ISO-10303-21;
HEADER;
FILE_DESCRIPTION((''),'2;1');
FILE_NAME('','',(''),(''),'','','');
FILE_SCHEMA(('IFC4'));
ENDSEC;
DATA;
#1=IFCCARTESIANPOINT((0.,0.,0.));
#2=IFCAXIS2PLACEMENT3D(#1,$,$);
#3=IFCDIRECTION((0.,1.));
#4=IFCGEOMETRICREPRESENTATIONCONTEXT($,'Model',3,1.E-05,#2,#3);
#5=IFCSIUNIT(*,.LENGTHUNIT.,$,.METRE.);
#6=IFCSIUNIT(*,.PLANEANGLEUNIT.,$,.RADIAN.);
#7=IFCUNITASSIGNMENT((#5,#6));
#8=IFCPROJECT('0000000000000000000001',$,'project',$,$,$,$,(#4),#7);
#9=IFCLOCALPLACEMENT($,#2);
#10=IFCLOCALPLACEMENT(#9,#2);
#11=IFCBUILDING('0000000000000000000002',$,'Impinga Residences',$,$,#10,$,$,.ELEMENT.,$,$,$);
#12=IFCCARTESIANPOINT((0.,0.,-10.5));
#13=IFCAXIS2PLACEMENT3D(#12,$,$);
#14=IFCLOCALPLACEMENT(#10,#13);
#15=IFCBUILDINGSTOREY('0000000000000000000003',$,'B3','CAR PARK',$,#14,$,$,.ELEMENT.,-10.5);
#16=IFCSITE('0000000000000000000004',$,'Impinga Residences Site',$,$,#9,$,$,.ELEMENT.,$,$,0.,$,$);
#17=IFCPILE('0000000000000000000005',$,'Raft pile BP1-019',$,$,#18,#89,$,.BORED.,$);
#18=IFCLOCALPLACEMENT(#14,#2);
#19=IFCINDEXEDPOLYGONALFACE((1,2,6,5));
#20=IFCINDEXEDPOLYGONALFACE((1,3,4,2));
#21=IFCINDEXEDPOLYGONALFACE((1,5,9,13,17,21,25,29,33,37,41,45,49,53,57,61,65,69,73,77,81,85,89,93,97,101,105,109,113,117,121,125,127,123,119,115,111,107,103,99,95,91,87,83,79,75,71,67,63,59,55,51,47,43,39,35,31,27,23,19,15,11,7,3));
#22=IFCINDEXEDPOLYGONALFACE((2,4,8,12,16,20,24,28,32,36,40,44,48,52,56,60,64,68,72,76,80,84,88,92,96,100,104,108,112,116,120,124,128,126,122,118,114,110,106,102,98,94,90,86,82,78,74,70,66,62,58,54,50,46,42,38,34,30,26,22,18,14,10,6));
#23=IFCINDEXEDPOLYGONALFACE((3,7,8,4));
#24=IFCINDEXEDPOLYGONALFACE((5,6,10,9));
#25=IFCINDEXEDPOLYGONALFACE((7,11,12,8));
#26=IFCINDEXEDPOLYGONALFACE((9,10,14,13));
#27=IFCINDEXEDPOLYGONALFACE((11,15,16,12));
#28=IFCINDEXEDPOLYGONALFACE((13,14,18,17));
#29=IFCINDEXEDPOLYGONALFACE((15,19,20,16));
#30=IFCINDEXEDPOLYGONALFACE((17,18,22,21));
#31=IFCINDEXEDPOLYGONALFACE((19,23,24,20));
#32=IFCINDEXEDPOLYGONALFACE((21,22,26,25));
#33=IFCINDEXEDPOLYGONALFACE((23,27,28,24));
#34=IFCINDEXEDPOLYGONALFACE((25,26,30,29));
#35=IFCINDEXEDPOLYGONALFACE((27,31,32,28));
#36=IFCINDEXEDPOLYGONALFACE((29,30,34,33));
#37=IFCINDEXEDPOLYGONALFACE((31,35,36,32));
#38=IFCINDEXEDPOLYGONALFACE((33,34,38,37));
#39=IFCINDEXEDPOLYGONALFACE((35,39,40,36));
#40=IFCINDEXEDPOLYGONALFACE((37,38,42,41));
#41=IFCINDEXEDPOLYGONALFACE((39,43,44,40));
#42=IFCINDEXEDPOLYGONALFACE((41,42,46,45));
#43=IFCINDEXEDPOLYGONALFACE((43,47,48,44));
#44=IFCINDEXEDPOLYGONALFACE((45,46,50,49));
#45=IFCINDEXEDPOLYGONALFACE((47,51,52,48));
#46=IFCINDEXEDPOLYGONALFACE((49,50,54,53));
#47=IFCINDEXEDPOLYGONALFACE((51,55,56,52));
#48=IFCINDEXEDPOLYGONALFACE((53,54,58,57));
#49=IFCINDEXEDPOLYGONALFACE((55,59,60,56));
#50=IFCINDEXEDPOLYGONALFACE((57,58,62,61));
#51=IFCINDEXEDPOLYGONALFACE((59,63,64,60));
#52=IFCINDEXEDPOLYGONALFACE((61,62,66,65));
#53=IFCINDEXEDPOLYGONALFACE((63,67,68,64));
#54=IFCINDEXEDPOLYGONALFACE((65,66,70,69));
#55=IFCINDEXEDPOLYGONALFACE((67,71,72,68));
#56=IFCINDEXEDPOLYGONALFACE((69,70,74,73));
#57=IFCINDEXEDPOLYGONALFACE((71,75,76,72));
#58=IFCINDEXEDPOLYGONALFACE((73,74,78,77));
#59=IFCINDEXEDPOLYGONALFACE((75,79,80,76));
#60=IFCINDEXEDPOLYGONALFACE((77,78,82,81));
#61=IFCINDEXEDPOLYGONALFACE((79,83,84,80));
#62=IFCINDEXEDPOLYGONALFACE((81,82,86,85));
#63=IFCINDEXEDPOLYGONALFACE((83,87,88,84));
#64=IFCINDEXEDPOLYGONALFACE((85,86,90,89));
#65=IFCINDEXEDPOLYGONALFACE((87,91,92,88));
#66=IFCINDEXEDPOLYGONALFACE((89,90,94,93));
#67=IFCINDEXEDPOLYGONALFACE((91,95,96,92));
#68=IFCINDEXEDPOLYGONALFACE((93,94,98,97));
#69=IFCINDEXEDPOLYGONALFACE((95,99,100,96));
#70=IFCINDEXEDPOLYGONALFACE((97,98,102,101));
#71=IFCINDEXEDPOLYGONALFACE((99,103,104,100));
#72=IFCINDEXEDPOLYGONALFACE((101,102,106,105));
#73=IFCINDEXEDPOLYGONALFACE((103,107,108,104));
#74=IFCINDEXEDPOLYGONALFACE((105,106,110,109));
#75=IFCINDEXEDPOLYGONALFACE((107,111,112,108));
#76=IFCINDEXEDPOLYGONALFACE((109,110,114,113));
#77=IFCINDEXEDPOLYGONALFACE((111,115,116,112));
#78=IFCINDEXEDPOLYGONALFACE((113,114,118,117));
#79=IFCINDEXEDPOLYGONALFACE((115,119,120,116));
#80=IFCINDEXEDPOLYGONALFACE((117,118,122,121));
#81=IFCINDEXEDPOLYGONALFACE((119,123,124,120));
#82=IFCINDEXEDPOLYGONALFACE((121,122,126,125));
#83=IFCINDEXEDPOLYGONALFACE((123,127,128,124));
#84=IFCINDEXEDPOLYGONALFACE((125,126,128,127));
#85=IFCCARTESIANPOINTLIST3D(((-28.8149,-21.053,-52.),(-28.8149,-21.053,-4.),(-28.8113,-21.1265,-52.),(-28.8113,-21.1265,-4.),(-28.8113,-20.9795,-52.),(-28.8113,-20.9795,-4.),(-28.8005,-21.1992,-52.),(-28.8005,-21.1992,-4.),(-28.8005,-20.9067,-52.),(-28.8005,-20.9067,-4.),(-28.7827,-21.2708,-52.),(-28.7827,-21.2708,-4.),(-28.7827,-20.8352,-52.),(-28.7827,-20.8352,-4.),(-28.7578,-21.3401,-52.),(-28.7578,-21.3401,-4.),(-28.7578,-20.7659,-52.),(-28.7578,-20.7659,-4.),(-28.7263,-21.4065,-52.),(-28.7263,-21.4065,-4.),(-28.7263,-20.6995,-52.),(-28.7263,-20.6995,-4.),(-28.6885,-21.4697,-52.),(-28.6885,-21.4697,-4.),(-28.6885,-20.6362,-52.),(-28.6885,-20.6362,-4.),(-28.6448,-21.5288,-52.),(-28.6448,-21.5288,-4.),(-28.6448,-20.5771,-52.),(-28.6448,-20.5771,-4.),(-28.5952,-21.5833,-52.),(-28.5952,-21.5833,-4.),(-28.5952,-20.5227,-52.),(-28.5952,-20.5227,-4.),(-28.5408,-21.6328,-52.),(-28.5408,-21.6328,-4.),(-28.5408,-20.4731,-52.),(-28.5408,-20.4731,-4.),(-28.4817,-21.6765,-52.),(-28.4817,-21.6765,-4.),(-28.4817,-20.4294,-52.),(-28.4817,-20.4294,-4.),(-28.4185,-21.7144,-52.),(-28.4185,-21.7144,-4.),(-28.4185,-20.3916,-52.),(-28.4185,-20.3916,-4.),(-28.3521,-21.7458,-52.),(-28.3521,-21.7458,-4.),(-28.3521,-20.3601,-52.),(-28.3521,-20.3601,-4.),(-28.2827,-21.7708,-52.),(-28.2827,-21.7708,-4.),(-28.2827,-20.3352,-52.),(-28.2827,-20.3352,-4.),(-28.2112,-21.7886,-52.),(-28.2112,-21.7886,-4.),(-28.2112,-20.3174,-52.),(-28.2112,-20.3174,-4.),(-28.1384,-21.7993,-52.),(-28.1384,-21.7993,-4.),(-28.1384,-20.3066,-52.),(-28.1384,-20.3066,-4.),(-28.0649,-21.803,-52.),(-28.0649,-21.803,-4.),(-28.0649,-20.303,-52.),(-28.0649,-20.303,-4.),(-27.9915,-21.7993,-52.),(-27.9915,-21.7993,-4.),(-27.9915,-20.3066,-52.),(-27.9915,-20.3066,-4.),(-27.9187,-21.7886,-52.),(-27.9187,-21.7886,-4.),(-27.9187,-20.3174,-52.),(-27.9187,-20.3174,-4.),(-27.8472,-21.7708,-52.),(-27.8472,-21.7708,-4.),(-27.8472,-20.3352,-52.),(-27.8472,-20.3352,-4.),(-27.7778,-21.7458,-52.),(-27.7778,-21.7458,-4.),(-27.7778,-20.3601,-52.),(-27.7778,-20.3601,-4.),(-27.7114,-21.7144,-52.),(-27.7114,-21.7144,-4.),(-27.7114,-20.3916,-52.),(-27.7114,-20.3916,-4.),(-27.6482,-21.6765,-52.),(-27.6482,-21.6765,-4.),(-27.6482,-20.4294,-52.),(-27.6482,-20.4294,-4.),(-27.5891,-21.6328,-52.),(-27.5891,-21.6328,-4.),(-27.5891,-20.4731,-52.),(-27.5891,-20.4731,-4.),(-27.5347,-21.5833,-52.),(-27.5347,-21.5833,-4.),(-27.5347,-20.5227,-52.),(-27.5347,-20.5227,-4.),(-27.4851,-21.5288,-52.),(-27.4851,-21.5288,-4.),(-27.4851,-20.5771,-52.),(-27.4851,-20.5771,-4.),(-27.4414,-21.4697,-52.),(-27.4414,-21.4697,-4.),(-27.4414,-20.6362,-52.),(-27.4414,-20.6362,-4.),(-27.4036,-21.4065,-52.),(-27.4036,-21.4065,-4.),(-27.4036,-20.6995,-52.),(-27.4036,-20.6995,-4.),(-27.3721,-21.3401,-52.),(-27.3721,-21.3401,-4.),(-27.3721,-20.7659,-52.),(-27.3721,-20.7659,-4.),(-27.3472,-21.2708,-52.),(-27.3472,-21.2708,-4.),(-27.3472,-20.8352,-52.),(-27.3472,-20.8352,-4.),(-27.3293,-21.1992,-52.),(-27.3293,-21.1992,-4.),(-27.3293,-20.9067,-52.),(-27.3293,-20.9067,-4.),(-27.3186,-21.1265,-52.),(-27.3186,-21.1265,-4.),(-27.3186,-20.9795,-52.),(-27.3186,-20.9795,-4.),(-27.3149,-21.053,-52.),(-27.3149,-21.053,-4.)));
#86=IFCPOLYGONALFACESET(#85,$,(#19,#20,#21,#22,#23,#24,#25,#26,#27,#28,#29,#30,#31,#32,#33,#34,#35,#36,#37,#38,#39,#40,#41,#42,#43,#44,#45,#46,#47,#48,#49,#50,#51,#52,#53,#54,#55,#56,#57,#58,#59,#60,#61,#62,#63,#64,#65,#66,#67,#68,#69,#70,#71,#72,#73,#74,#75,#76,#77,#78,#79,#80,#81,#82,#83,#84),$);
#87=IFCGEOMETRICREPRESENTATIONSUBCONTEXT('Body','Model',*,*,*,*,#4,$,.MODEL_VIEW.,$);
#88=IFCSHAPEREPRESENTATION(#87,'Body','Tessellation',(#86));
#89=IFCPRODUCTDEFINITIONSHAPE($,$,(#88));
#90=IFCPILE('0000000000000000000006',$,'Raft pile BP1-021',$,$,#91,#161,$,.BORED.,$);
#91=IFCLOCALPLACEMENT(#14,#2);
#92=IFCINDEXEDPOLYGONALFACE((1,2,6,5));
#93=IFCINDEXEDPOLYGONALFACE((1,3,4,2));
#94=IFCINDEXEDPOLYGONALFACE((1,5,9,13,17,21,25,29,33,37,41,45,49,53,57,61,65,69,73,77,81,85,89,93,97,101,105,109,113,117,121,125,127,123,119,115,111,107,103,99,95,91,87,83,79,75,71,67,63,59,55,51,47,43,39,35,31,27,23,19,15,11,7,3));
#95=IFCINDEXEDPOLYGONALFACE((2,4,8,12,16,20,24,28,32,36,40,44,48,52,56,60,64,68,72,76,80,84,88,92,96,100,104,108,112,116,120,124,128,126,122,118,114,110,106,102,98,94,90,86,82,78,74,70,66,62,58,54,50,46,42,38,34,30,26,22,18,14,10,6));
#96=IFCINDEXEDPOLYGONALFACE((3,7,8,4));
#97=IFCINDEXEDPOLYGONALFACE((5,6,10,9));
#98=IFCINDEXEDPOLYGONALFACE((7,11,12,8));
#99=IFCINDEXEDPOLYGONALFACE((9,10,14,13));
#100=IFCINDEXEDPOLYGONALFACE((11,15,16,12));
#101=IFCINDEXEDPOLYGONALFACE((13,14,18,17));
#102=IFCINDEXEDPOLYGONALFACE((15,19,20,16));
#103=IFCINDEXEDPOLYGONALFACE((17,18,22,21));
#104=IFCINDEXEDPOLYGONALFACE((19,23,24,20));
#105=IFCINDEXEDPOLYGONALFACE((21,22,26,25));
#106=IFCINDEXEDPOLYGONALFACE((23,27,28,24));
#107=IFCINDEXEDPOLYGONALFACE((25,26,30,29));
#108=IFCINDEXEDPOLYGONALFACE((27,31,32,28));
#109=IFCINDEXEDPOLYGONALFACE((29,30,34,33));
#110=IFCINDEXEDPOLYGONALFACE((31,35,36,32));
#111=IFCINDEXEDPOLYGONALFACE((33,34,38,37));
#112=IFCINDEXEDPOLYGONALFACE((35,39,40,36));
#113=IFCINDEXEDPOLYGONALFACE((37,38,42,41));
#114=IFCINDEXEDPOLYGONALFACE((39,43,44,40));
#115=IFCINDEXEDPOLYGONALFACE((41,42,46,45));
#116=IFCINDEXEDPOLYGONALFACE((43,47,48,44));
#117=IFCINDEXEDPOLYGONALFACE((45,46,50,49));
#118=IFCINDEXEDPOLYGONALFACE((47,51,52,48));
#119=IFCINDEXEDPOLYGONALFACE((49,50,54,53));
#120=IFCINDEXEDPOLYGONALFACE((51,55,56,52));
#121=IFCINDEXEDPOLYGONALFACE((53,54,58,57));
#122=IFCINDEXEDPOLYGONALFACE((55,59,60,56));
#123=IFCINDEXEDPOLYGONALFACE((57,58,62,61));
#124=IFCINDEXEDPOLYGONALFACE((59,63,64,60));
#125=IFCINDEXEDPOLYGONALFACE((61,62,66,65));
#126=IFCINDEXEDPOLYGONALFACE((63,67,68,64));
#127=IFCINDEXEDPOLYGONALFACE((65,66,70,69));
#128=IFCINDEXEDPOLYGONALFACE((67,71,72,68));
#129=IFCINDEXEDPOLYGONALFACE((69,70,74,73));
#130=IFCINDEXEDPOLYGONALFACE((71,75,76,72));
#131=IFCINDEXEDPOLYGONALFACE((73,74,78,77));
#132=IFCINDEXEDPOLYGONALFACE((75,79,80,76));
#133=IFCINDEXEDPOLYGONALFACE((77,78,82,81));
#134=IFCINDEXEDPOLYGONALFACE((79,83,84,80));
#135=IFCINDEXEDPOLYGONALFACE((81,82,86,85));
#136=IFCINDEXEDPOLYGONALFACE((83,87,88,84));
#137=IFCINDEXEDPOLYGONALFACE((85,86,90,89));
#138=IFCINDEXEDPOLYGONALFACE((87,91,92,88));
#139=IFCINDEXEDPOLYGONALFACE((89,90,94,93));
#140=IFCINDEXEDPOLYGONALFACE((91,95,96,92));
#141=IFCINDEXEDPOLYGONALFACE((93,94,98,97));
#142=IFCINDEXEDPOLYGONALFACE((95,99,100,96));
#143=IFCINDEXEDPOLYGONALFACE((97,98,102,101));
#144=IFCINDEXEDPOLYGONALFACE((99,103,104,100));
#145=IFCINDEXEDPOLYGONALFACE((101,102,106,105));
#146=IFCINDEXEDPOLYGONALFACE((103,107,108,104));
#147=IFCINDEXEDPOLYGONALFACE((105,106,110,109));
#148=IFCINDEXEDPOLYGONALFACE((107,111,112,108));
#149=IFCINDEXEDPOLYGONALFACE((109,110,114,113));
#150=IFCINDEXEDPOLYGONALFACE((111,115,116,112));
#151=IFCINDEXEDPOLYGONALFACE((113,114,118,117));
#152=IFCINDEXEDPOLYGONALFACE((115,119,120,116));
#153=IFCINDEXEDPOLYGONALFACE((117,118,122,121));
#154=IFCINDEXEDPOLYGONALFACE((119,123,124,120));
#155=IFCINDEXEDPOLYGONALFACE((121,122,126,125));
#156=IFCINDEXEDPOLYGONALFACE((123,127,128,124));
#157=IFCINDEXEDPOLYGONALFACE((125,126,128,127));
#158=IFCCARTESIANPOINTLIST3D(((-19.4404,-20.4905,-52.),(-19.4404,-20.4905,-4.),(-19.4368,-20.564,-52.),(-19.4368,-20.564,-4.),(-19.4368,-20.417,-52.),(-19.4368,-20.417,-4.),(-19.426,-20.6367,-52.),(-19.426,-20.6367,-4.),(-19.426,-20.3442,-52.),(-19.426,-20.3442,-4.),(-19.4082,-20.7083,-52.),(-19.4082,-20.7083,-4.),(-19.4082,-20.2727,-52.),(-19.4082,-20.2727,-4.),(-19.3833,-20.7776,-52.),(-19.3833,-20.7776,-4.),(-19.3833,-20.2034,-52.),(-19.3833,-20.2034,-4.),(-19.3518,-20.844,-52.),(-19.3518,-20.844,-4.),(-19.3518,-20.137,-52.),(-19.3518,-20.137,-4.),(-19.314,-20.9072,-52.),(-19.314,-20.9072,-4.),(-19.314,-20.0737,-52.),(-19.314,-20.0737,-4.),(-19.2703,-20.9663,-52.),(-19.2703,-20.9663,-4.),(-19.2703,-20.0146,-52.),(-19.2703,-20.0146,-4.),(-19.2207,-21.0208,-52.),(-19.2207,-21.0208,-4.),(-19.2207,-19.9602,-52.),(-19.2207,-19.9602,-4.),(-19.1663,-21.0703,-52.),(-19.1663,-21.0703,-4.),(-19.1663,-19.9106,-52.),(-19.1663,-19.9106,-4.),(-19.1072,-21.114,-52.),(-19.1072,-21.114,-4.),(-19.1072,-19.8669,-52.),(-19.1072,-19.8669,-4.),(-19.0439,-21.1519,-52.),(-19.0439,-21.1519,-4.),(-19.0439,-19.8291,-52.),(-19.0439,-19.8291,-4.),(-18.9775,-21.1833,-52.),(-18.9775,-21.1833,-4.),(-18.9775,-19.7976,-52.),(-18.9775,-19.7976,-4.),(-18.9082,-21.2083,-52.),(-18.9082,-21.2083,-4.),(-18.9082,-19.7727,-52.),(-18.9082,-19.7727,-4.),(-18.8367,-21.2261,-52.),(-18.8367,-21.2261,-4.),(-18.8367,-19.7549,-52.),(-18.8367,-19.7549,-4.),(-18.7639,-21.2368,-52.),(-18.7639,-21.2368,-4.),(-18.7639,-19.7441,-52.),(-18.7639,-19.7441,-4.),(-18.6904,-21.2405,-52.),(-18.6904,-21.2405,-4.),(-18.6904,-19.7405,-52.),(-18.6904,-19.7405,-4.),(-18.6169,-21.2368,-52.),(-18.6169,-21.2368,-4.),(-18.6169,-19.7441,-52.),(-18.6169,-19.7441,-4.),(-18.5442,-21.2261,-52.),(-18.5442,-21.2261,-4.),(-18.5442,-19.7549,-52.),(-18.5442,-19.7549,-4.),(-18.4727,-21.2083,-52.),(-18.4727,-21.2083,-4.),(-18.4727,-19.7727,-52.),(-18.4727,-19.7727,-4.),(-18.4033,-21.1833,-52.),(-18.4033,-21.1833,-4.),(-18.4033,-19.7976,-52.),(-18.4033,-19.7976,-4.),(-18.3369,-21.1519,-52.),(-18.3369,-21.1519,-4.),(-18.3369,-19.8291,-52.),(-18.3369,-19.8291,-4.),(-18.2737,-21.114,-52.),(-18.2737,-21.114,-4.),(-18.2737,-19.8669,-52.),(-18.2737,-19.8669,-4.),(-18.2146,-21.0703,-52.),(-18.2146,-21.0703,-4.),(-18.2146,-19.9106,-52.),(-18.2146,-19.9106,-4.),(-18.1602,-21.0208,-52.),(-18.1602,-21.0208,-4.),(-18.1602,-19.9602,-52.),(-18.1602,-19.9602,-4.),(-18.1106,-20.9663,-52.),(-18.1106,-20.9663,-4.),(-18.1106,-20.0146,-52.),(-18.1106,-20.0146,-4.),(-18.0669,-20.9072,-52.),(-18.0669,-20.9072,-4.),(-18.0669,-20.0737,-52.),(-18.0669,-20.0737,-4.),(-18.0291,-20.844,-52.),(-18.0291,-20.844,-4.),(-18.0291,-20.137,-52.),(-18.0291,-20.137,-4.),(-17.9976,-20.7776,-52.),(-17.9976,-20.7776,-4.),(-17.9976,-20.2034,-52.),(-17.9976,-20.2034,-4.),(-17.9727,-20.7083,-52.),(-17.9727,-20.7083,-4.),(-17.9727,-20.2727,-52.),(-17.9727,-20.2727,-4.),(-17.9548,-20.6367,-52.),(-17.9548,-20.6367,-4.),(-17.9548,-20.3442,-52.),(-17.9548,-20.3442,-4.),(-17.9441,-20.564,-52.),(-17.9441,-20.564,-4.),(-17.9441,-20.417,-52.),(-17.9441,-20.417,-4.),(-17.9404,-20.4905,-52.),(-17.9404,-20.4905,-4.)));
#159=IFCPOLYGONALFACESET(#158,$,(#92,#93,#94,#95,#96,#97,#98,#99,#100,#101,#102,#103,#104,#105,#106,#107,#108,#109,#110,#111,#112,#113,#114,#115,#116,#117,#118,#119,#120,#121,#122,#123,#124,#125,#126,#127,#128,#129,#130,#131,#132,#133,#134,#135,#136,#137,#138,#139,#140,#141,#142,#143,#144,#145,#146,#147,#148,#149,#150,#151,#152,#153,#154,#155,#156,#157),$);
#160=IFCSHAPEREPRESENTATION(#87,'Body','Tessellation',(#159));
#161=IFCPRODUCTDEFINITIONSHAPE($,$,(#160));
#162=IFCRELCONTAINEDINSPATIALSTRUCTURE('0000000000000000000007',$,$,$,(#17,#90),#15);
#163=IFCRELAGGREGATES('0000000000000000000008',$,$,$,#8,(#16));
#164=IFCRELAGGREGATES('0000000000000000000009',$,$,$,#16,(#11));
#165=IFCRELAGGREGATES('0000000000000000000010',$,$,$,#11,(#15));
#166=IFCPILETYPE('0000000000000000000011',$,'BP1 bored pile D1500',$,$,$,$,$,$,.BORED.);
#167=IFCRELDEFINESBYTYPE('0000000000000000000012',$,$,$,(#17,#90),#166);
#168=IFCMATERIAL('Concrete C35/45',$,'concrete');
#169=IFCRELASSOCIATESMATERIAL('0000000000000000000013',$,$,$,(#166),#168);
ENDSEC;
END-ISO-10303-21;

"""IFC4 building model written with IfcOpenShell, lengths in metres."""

from ifc_helpers import new_model, si_unit, direction, frame, origin, origin_2d, place, context, subcontext, project, spatial, polyline, circle, outline, extrude, material, material_profile, profile_set, type_object, element, save


model = new_model("IFC4")

# Units and contexts
model_context = context("Model", 3, precision=1e-05, world=origin(), true_north=direction((0.0, 1.0)))
body_context = subcontext(model_context, "Body", "Model", "MODEL_VIEW")
ifc_project = project(units=[si_unit("LENGTHUNIT", "METRE"), si_unit("PLANEANGLEUNIT", "RADIAN")], contexts=[model_context])

# Site, building, storey
site_placement = place(None, origin())
site = spatial("IfcSite", under=ifc_project, at=site_placement, Name="Impinga Residences Site", CompositionType="ELEMENT", RefElevation=0.0)
building_placement = place(site_placement, origin())
building = spatial("IfcBuilding", under=site, at=building_placement, Name="Impinga Residences", CompositionType="ELEMENT")
storey_placement = place(building_placement, frame((0.0, 0.0, -10.5)))
storey = spatial("IfcBuildingStorey", under=building, at=storey_placement, Name="B3", Description="CAR PARK", CompositionType="ELEMENT", Elevation=-10.5)

# Piles
ifc_material_1 = material(Name="Concrete C35/45", Category="concrete")
ifc_material_profile_1 = material_profile(ifc_material_1, circle(Radius=0.75, at=origin_2d()), Name="D1500")
ifc_profile_set_1 = profile_set([ifc_material_profile_1], Name="Concrete C35/45")
pile_type_1 = type_object("IfcPileType", Name="BP1 bored pile D1500", PredefinedType="BORED", material=ifc_profile_set_1)
pile_1_placement = place(storey_placement, frame((-28.0649, -21.053, -4.0), z_axis=(0.0, 0.0, -1.0), x_axis=(1.0, 0.0, 0.0)))
element("IfcPile", 1, at=pile_1_placement, inside=storey, type_object=pile_type_1, Name="Raft pile BP1-019", PredefinedType="BORED", context=body_context, shape_type="SweptSolid", body=[
    extrude(outline(polyline([(0.75, 0.0), (0.7463, 0.0735), (0.7356, 0.1462), (0.7178, 0.2178), (0.6929, 0.2871), (0.6614, 0.3535), (0.6235, 0.4167), (0.5798, 0.4758), (0.5303, 0.5303), (0.4758, 0.5798), (0.4167, 0.6235), (0.3535, 0.6614), (0.2871, 0.6929), (0.2178, 0.7178), (0.1462, 0.7356), (0.0735, 0.7463), (0.0, 0.75), (-0.0735, 0.7463), (-0.1462, 0.7356), (-0.2178, 0.7178), (-0.2871, 0.6929), (-0.3535, 0.6614), (-0.4167, 0.6235), (-0.4758, 0.5798), (-0.5303, 0.5303), (-0.5798, 0.4758), (-0.6235, 0.4167), (-0.6614, 0.3535), (-0.6929, 0.2871), (-0.7178, 0.2178), (-0.7356, 0.1462), (-0.7463, 0.0735), (-0.75, 0.0), (-0.7463, -0.0735), (-0.7356, -0.1462), (-0.7178, -0.2178), (-0.6929, -0.2871), (-0.6614, -0.3535), (-0.6235, -0.4167), (-0.5798, -0.4758), (-0.5303, -0.5303), (-0.4758, -0.5798), (-0.4167, -0.6235), (-0.3535, -0.6614), (-0.2871, -0.6929), (-0.2178, -0.7178), (-0.1462, -0.7356), (-0.0735, -0.7463), (0.0, -0.75), (0.0735, -0.7463), (0.1462, -0.7356), (0.2178, -0.7178), (0.2871, -0.6929), (0.3535, -0.6614), (0.4167, -0.6235), (0.4758, -0.5798), (0.5303, -0.5303), (0.5798, -0.4758), (0.6235, -0.4167), (0.6614, -0.3535), (0.6929, -0.2871), (0.7178, -0.2178), (0.7356, -0.1462), (0.7463, -0.0735), (0.75, 0.0)])), origin(), (0.0, 0.0, 1.0), 48.0),
])
pile_2_placement = place(storey_placement, frame((-18.6904, -20.4905, -4.0), z_axis=(0.0, 0.0, -1.0), x_axis=(1.0, 0.0, 0.0)))
element("IfcPile", 2, at=pile_2_placement, inside=storey, type_object=pile_type_1, Name="Raft pile BP1-021", PredefinedType="BORED", context=body_context, shape_type="SweptSolid", body=[
    extrude(outline(polyline([(0.75, 0.0), (0.7463, 0.0735), (0.7356, 0.1462), (0.7178, 0.2178), (0.6929, 0.2871), (0.6614, 0.3535), (0.6235, 0.4167), (0.5798, 0.4758), (0.5303, 0.5303), (0.4758, 0.5798), (0.4167, 0.6235), (0.3535, 0.6614), (0.2871, 0.6929), (0.2178, 0.7178), (0.1462, 0.7356), (0.0735, 0.7463), (0.0, 0.75), (-0.0735, 0.7463), (-0.1462, 0.7356), (-0.2178, 0.7178), (-0.2871, 0.6929), (-0.3535, 0.6614), (-0.4167, 0.6235), (-0.4758, 0.5798), (-0.5303, 0.5303), (-0.5798, 0.4758), (-0.6235, 0.4167), (-0.6614, 0.3535), (-0.6929, 0.2871), (-0.7178, 0.2178), (-0.7356, 0.1462), (-0.7463, 0.0735), (-0.75, 0.0), (-0.7463, -0.0735), (-0.7356, -0.1462), (-0.7178, -0.2178), (-0.6929, -0.2871), (-0.6614, -0.3535), (-0.6235, -0.4167), (-0.5798, -0.4758), (-0.5303, -0.5303), (-0.4758, -0.5798), (-0.4167, -0.6235), (-0.3535, -0.6614), (-0.2871, -0.6929), (-0.2178, -0.7178), (-0.1462, -0.7356), (-0.0735, -0.7463), (0.0, -0.75), (0.0735, -0.7463), (0.1462, -0.7356), (0.2178, -0.7178), (0.2871, -0.6929), (0.3535, -0.6614), (0.4167, -0.6235), (0.4758, -0.5798), (0.5303, -0.5303), (0.5798, -0.4758), (0.6235, -0.4167), (0.6614, -0.3535), (0.6929, -0.2871), (0.7178, -0.2178), (0.7356, -0.1462), (0.7463, -0.0735), (0.75, 0.0)])), origin(), (0.0, 0.0, 1.0), 48.0),
])

save(model, "model.ifc")
